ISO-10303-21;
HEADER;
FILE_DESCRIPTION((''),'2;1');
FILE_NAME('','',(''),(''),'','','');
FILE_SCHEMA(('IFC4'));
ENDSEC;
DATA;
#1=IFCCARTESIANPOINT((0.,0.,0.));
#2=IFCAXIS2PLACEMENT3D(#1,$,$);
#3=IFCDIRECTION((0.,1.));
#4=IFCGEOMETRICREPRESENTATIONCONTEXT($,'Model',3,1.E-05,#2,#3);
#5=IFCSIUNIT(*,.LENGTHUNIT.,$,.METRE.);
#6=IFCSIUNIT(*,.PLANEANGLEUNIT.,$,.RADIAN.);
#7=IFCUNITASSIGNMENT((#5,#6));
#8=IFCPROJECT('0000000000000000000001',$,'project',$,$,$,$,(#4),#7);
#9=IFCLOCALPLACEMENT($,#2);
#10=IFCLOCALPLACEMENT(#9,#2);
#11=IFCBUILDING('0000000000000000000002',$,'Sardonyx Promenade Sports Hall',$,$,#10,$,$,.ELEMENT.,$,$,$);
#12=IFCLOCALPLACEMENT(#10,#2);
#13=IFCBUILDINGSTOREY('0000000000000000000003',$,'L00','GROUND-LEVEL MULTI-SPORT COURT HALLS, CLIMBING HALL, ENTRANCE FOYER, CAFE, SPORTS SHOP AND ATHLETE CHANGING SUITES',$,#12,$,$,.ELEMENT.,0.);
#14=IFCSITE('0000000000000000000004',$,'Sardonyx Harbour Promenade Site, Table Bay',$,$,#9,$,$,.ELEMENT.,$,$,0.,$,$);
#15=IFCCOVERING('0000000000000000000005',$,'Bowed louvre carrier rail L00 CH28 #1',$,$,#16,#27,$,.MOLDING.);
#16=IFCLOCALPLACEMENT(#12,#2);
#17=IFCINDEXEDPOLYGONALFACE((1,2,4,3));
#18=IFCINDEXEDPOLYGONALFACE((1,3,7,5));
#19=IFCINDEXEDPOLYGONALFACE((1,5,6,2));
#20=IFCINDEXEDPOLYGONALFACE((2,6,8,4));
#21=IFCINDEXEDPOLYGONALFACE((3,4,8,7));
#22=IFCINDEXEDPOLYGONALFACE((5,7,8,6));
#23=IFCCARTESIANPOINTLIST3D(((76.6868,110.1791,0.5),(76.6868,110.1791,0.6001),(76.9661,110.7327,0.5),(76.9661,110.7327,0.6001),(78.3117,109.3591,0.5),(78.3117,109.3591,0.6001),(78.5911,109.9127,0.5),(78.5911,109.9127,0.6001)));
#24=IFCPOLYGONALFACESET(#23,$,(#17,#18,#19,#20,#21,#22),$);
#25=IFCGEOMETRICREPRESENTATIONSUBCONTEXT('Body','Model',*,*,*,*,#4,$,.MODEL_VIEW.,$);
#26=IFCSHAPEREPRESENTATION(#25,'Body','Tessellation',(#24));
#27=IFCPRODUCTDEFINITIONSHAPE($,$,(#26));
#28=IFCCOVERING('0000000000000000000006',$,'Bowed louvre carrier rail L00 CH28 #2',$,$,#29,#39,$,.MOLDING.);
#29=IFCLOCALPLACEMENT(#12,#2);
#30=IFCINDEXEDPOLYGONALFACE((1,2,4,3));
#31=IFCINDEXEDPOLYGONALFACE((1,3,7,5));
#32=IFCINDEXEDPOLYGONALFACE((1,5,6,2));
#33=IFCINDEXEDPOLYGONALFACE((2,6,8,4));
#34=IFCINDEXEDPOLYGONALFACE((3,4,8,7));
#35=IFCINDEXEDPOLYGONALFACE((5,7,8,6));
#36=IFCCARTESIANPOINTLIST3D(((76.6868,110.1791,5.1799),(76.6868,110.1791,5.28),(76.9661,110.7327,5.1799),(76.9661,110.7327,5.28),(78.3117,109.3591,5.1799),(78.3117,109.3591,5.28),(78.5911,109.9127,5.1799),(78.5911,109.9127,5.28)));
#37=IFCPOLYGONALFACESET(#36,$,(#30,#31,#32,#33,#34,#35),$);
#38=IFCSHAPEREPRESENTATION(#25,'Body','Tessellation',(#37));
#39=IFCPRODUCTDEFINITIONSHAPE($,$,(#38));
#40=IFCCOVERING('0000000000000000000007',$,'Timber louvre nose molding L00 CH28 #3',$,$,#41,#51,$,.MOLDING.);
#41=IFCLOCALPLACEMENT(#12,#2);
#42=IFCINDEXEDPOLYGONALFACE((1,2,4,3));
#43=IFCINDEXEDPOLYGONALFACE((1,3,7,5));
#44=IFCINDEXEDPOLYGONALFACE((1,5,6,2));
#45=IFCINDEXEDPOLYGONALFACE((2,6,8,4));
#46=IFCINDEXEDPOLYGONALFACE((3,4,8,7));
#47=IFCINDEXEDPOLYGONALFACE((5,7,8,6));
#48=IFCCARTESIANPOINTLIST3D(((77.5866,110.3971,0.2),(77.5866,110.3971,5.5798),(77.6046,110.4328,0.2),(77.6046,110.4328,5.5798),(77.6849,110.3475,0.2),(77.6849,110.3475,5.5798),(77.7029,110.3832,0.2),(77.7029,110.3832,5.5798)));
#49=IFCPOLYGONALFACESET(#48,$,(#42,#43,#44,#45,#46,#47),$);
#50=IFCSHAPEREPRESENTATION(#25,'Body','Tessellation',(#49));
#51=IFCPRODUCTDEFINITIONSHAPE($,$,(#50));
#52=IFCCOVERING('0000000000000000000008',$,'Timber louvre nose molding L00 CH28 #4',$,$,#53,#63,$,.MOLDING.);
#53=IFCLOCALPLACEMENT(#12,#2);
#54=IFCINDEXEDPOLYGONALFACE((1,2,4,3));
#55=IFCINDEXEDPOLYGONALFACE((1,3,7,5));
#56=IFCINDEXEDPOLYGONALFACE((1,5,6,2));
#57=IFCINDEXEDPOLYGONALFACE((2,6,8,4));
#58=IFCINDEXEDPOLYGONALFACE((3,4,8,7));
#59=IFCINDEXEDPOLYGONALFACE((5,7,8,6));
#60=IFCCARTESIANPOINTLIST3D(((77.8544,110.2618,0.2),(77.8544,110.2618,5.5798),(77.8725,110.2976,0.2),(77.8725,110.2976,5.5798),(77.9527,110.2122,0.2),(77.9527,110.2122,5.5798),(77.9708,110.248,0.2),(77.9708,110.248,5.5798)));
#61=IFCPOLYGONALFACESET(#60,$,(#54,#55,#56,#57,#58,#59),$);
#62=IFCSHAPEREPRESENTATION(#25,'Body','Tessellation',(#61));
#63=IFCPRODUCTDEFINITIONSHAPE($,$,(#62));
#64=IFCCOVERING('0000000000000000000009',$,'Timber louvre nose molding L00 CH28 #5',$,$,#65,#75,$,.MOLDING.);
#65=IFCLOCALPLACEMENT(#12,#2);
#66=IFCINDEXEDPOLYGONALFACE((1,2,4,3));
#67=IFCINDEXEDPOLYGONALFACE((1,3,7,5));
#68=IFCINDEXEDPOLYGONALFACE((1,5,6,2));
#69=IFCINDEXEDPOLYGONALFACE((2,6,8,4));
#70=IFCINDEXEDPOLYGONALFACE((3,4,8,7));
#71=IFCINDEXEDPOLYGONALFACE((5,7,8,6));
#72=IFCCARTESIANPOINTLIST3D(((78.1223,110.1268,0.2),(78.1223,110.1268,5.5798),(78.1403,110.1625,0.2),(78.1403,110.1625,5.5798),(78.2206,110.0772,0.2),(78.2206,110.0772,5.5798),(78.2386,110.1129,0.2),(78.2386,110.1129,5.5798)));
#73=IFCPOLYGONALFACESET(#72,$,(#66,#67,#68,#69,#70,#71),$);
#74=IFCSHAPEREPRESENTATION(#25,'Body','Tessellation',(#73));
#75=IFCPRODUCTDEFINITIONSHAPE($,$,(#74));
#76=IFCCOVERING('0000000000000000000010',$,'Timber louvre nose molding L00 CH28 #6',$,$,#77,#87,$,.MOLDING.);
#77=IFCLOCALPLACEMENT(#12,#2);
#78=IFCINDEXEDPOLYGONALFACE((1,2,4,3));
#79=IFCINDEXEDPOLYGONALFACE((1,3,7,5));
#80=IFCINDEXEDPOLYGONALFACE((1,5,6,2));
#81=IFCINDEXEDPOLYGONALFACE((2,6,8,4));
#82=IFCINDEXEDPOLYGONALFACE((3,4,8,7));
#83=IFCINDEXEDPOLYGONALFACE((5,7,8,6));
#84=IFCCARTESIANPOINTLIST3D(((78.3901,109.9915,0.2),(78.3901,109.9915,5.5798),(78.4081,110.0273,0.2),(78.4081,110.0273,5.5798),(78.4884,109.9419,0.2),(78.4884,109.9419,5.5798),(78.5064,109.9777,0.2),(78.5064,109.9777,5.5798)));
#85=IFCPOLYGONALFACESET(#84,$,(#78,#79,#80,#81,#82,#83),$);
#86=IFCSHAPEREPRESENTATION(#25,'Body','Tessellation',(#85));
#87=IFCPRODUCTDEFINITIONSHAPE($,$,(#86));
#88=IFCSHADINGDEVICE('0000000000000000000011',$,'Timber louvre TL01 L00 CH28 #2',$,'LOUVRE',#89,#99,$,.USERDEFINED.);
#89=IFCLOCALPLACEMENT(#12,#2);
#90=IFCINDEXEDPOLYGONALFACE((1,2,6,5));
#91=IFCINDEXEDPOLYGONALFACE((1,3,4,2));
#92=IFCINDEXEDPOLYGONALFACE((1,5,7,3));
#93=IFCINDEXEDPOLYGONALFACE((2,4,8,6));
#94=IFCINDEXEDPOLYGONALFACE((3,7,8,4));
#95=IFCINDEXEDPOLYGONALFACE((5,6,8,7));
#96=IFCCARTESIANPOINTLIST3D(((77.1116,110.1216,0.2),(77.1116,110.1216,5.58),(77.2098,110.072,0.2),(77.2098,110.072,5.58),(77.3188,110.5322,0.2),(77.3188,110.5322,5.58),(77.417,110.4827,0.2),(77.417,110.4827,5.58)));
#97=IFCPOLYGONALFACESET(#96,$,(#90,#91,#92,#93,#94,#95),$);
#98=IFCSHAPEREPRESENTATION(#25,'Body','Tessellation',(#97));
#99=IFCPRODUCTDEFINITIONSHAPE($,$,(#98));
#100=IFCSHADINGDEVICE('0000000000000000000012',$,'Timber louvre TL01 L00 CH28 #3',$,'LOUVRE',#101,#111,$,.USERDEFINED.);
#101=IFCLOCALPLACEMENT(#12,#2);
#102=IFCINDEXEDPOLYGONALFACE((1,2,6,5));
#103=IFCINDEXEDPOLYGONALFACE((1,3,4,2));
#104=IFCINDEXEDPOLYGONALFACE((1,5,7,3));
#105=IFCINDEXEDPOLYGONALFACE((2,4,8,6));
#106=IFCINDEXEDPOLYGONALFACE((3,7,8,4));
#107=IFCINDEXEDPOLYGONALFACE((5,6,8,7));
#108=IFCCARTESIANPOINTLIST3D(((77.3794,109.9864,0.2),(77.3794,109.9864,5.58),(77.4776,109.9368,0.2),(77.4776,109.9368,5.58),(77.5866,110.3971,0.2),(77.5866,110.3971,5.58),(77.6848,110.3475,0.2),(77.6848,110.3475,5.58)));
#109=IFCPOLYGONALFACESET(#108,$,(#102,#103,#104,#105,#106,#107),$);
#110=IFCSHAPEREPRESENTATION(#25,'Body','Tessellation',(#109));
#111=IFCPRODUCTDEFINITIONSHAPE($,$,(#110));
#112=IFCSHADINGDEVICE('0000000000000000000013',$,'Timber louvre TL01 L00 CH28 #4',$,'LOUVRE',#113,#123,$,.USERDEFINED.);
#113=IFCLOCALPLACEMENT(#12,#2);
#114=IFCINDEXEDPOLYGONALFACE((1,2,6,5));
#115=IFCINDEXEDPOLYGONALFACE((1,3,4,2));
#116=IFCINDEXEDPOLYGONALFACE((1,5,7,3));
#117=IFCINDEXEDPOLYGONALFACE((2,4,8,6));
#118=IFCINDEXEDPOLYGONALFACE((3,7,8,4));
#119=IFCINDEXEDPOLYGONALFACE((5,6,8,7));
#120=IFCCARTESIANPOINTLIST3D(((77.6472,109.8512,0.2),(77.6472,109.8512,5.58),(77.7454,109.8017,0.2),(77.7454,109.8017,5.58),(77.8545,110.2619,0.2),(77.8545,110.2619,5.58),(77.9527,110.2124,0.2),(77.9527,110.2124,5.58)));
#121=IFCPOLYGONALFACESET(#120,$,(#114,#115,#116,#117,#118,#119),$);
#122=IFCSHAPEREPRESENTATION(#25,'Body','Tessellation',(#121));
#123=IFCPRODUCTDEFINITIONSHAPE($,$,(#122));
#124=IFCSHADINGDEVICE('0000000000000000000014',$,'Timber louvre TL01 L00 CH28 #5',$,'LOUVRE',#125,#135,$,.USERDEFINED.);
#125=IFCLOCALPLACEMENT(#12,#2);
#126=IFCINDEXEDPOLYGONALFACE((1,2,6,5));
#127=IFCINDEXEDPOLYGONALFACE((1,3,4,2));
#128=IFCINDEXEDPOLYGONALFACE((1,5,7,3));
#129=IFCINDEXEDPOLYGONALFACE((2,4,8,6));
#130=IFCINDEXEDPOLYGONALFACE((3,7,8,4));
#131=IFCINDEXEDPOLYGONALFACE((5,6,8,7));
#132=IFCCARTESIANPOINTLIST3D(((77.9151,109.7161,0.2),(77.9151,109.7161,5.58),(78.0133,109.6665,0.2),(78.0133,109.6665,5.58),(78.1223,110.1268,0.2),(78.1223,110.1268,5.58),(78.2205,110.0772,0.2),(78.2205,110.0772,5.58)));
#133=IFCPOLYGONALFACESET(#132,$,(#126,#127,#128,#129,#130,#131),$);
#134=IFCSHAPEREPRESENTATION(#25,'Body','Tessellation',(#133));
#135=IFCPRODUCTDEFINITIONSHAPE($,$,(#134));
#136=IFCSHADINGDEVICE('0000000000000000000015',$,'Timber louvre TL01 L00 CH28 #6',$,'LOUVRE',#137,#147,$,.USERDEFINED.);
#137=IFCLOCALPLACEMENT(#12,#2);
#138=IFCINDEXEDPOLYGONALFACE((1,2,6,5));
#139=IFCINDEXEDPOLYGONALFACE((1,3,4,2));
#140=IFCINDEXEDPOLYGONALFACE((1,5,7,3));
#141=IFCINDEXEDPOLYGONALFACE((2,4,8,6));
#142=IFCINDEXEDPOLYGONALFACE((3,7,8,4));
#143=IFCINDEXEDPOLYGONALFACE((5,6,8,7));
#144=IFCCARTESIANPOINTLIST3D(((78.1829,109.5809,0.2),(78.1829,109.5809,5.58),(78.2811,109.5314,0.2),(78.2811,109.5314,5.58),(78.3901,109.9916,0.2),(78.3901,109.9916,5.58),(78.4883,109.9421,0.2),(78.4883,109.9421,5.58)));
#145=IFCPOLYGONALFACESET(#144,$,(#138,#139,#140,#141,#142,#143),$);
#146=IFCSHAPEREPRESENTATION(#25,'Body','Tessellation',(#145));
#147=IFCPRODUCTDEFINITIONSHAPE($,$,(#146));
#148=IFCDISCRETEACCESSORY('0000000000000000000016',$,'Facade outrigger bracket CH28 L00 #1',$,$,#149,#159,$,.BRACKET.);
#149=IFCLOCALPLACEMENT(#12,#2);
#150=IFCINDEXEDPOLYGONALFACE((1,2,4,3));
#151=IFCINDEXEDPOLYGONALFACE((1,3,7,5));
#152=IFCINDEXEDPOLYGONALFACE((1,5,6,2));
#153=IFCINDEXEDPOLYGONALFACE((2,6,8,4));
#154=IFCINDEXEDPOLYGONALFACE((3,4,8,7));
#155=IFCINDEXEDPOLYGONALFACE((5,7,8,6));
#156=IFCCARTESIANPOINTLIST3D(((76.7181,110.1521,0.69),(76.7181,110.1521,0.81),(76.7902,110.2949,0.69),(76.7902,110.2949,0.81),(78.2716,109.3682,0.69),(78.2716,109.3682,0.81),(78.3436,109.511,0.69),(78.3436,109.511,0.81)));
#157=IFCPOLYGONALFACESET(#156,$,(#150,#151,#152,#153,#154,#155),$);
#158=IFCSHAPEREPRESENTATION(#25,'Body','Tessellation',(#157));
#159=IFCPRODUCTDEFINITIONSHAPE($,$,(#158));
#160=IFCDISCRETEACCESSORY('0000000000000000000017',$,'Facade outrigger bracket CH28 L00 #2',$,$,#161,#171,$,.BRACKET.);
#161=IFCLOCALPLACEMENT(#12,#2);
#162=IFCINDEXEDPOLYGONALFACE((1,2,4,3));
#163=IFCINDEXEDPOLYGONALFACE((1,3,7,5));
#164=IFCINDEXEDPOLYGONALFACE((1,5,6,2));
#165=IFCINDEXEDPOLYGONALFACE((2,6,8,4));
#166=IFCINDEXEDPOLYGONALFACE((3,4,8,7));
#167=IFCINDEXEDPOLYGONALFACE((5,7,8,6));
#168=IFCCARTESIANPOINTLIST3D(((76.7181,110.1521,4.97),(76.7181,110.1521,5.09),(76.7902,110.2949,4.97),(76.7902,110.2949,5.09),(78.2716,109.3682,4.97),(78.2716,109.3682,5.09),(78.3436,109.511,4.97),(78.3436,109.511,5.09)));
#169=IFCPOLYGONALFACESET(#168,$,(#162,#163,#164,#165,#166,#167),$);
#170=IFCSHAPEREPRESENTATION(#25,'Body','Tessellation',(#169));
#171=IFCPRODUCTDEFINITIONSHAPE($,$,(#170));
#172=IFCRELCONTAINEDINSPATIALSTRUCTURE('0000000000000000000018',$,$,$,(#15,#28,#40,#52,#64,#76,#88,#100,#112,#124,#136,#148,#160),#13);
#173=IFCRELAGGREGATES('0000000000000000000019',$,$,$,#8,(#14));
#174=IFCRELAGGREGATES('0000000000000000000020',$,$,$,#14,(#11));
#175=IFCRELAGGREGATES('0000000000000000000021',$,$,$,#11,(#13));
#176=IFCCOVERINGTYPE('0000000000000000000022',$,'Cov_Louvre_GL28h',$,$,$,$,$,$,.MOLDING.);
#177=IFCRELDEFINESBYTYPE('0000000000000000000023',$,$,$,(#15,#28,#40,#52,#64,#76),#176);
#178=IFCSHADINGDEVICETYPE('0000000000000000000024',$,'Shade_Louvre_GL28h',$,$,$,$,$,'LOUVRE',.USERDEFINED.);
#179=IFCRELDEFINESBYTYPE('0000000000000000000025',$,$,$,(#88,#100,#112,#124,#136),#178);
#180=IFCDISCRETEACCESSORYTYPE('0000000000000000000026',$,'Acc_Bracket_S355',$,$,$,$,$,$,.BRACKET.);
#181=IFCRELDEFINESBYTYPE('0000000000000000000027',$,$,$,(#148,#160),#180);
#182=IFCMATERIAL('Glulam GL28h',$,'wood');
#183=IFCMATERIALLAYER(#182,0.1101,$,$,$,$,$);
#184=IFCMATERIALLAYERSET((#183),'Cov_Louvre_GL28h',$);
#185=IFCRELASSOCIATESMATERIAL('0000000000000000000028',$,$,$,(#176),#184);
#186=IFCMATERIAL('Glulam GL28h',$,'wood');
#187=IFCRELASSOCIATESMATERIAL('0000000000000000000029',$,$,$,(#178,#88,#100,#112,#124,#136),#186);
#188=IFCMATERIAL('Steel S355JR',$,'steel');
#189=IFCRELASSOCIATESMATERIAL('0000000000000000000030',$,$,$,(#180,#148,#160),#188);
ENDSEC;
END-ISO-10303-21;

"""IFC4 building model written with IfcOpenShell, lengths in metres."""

from ifc_helpers import new_model, si_unit, direction, frame, origin, origin_2d, place, context, subcontext, project, spatial, rectangle, extrude, material, layer, layer_set, type_object, element, save


model = new_model("IFC4")

# Units and contexts
model_context = context("Model", 3, precision=1e-05, world=origin(), true_north=direction((0.0, 1.0)))
body_context = subcontext(model_context, "Body", "Model", "MODEL_VIEW")
ifc_project = project(units=[si_unit("LENGTHUNIT", "METRE"), si_unit("PLANEANGLEUNIT", "RADIAN")], contexts=[model_context])

# Site, building, storey
site_placement = place(None, origin())
site = spatial("IfcSite", under=ifc_project, at=site_placement, Name="Sardonyx Harbour Promenade Site, Table Bay", CompositionType="ELEMENT", RefElevation=0.0)
building_placement = place(site_placement, origin())
building = spatial("IfcBuilding", under=site, at=building_placement, Name="Sardonyx Promenade Sports Hall", CompositionType="ELEMENT")
storey_placement = place(building_placement, origin())
storey = spatial("IfcBuildingStorey", under=building, at=storey_placement, Name="L00", Description="GROUND-LEVEL MULTI-SPORT COURT HALLS, CLIMBING HALL, ENTRANCE FOYER, CAFE, SPORTS SHOP AND ATHLETE CHANGING SUITES", CompositionType="ELEMENT", Elevation=0.0)

# Coverings
ifc_material_1 = material(Name="Glulam GL28h", Category="wood")
ifc_layer_1 = layer(ifc_material_1, 0.1101)
ifc_layer_set_1 = layer_set([ifc_layer_1], Name="Cov_Louvre_GL28h")
covering_type = type_object("IfcCoveringType", Name="Cov_Louvre_GL28h", PredefinedType="MOLDING", material=ifc_layer_set_1)
for number, where, z_axis, x_axis, name in (
    (1, (77.6389, 110.0459, 0.5), (0.0, 0.0, 1.0), (0.892774, -0.450505, 0.0), "Bowed louvre carrier rail L00 CH28 #1"),
    (2, (77.6389, 110.0459, 5.1799), (0.0, 0.0, 1.0), (0.892774, -0.450505, 0.0), "Bowed louvre carrier rail L00 CH28 #2"),
):
    element("IfcCovering", number, at=place(storey_placement, frame(where, z_axis=z_axis, x_axis=x_axis)), inside=storey, type_object=covering_type, Name=name, PredefinedType="MOLDING", context=body_context, shape_type="SweptSolid", body=[
        extrude(rectangle(XDim=1.8201, YDim=0.6201, at=origin_2d()), origin(), (0.0, 0.0, 1.0), 0.1001),
    ])
for number, where, z_axis, x_axis, name in (
    (3, (77.6448, 110.3901, 0.2), (0.0, 0.0, 1.0), (0.892774, -0.450505, 0.0), "Timber louvre nose molding L00 CH28 #3"),
    (4, (77.9126, 110.2549, 0.2), (0.0, 0.0, 1.0), (0.892774, -0.450505, 0.0), "Timber louvre nose molding L00 CH28 #4"),
    (5, (78.1804, 110.1199, 0.2), (0.0, 0.0, 1.0), (0.892774, -0.450505, 0.0), "Timber louvre nose molding L00 CH28 #5"),
    (6, (78.4482, 109.9846, 0.2), (0.0, 0.0, 1.0), (0.892774, -0.450505, 0.0), "Timber louvre nose molding L00 CH28 #6"),
):
    element("IfcCovering", number, at=place(storey_placement, frame(where, z_axis=z_axis, x_axis=x_axis)), inside=storey, type_object=covering_type, Name=name, PredefinedType="MOLDING", context=body_context, shape_type="SweptSolid", body=[
        extrude(rectangle(XDim=0.1101, YDim=0.04, at=origin_2d()), origin(), (0.0, 0.0, 1.0), 5.3799),
    ])

# Shading devices
ifc_material_2 = material(Name="Glulam GL28h", Category="wood")
shading_device_type = type_object("IfcShadingDeviceType", Name="Shade_Louvre_GL28h", ElementType="LOUVRE", PredefinedType="USERDEFINED", material=ifc_material_2)
for number, where, z_axis, x_axis, name in (
    (7, (77.2643, 110.3021, 0.2), (0.0, 0.0, 1.0), (0.892774, -0.450505, 0.0), "Timber louvre TL01 L00 CH28 #2"),
    (8, (77.5321, 110.167, 0.2), (0.0, 0.0, 1.0), (0.892774, -0.450505, 0.0), "Timber louvre TL01 L00 CH28 #3"),
    (9, (77.7999, 110.0318, 0.2), (0.0, 0.0, 1.0), (0.892774, -0.450505, 0.0), "Timber louvre TL01 L00 CH28 #4"),
    (10, (78.0678, 109.8967, 0.2), (0.0, 0.0, 1.0), (0.892774, -0.450505, 0.0), "Timber louvre TL01 L00 CH28 #5"),
    (11, (78.3356, 109.7615, 0.2), (0.0, 0.0, 1.0), (0.892774, -0.450505, 0.0), "Timber louvre TL01 L00 CH28 #6"),
):
    element("IfcShadingDevice", number, at=place(storey_placement, frame(where, z_axis=z_axis, x_axis=x_axis)), inside=storey, type_object=shading_device_type, material=ifc_material_2, Name=name, ObjectType="LOUVRE", PredefinedType="USERDEFINED", context=body_context, shape_type="SweptSolid", body=[
        extrude(rectangle(XDim=0.11, YDim=0.46), origin(), (0.0, 0.0, 1.0), 5.38),
    ])

# Discrete accessories
ifc_material_3 = material(Name="Steel S355JR", Category="steel")
discrete_accessory_type = type_object("IfcDiscreteAccessoryType", Name="Acc_Bracket_S355", PredefinedType="BRACKET", material=ifc_material_3)
for number, where, z_axis, x_axis, name in (
    (12, (77.5309, 109.8316, 0.69), (0.0, 0.0, 1.0), (0.892774, -0.450505, 0.0), "Facade outrigger bracket CH28 L00 #1"),
    (13, (77.5309, 109.8316, 4.97), (0.0, 0.0, 1.0), (0.892774, -0.450505, 0.0), "Facade outrigger bracket CH28 L00 #2"),
):
    element("IfcDiscreteAccessory", number, at=place(storey_placement, frame(where, z_axis=z_axis, x_axis=x_axis)), inside=storey, type_object=discrete_accessory_type, material=ifc_material_3, Name=name, PredefinedType="BRACKET", context=body_context, shape_type="SweptSolid", body=[
        extrude(rectangle(XDim=1.74, YDim=0.16), origin(), (0.0, 0.0, 1.0), 0.12),
    ])

save(model, "model.ifc")
